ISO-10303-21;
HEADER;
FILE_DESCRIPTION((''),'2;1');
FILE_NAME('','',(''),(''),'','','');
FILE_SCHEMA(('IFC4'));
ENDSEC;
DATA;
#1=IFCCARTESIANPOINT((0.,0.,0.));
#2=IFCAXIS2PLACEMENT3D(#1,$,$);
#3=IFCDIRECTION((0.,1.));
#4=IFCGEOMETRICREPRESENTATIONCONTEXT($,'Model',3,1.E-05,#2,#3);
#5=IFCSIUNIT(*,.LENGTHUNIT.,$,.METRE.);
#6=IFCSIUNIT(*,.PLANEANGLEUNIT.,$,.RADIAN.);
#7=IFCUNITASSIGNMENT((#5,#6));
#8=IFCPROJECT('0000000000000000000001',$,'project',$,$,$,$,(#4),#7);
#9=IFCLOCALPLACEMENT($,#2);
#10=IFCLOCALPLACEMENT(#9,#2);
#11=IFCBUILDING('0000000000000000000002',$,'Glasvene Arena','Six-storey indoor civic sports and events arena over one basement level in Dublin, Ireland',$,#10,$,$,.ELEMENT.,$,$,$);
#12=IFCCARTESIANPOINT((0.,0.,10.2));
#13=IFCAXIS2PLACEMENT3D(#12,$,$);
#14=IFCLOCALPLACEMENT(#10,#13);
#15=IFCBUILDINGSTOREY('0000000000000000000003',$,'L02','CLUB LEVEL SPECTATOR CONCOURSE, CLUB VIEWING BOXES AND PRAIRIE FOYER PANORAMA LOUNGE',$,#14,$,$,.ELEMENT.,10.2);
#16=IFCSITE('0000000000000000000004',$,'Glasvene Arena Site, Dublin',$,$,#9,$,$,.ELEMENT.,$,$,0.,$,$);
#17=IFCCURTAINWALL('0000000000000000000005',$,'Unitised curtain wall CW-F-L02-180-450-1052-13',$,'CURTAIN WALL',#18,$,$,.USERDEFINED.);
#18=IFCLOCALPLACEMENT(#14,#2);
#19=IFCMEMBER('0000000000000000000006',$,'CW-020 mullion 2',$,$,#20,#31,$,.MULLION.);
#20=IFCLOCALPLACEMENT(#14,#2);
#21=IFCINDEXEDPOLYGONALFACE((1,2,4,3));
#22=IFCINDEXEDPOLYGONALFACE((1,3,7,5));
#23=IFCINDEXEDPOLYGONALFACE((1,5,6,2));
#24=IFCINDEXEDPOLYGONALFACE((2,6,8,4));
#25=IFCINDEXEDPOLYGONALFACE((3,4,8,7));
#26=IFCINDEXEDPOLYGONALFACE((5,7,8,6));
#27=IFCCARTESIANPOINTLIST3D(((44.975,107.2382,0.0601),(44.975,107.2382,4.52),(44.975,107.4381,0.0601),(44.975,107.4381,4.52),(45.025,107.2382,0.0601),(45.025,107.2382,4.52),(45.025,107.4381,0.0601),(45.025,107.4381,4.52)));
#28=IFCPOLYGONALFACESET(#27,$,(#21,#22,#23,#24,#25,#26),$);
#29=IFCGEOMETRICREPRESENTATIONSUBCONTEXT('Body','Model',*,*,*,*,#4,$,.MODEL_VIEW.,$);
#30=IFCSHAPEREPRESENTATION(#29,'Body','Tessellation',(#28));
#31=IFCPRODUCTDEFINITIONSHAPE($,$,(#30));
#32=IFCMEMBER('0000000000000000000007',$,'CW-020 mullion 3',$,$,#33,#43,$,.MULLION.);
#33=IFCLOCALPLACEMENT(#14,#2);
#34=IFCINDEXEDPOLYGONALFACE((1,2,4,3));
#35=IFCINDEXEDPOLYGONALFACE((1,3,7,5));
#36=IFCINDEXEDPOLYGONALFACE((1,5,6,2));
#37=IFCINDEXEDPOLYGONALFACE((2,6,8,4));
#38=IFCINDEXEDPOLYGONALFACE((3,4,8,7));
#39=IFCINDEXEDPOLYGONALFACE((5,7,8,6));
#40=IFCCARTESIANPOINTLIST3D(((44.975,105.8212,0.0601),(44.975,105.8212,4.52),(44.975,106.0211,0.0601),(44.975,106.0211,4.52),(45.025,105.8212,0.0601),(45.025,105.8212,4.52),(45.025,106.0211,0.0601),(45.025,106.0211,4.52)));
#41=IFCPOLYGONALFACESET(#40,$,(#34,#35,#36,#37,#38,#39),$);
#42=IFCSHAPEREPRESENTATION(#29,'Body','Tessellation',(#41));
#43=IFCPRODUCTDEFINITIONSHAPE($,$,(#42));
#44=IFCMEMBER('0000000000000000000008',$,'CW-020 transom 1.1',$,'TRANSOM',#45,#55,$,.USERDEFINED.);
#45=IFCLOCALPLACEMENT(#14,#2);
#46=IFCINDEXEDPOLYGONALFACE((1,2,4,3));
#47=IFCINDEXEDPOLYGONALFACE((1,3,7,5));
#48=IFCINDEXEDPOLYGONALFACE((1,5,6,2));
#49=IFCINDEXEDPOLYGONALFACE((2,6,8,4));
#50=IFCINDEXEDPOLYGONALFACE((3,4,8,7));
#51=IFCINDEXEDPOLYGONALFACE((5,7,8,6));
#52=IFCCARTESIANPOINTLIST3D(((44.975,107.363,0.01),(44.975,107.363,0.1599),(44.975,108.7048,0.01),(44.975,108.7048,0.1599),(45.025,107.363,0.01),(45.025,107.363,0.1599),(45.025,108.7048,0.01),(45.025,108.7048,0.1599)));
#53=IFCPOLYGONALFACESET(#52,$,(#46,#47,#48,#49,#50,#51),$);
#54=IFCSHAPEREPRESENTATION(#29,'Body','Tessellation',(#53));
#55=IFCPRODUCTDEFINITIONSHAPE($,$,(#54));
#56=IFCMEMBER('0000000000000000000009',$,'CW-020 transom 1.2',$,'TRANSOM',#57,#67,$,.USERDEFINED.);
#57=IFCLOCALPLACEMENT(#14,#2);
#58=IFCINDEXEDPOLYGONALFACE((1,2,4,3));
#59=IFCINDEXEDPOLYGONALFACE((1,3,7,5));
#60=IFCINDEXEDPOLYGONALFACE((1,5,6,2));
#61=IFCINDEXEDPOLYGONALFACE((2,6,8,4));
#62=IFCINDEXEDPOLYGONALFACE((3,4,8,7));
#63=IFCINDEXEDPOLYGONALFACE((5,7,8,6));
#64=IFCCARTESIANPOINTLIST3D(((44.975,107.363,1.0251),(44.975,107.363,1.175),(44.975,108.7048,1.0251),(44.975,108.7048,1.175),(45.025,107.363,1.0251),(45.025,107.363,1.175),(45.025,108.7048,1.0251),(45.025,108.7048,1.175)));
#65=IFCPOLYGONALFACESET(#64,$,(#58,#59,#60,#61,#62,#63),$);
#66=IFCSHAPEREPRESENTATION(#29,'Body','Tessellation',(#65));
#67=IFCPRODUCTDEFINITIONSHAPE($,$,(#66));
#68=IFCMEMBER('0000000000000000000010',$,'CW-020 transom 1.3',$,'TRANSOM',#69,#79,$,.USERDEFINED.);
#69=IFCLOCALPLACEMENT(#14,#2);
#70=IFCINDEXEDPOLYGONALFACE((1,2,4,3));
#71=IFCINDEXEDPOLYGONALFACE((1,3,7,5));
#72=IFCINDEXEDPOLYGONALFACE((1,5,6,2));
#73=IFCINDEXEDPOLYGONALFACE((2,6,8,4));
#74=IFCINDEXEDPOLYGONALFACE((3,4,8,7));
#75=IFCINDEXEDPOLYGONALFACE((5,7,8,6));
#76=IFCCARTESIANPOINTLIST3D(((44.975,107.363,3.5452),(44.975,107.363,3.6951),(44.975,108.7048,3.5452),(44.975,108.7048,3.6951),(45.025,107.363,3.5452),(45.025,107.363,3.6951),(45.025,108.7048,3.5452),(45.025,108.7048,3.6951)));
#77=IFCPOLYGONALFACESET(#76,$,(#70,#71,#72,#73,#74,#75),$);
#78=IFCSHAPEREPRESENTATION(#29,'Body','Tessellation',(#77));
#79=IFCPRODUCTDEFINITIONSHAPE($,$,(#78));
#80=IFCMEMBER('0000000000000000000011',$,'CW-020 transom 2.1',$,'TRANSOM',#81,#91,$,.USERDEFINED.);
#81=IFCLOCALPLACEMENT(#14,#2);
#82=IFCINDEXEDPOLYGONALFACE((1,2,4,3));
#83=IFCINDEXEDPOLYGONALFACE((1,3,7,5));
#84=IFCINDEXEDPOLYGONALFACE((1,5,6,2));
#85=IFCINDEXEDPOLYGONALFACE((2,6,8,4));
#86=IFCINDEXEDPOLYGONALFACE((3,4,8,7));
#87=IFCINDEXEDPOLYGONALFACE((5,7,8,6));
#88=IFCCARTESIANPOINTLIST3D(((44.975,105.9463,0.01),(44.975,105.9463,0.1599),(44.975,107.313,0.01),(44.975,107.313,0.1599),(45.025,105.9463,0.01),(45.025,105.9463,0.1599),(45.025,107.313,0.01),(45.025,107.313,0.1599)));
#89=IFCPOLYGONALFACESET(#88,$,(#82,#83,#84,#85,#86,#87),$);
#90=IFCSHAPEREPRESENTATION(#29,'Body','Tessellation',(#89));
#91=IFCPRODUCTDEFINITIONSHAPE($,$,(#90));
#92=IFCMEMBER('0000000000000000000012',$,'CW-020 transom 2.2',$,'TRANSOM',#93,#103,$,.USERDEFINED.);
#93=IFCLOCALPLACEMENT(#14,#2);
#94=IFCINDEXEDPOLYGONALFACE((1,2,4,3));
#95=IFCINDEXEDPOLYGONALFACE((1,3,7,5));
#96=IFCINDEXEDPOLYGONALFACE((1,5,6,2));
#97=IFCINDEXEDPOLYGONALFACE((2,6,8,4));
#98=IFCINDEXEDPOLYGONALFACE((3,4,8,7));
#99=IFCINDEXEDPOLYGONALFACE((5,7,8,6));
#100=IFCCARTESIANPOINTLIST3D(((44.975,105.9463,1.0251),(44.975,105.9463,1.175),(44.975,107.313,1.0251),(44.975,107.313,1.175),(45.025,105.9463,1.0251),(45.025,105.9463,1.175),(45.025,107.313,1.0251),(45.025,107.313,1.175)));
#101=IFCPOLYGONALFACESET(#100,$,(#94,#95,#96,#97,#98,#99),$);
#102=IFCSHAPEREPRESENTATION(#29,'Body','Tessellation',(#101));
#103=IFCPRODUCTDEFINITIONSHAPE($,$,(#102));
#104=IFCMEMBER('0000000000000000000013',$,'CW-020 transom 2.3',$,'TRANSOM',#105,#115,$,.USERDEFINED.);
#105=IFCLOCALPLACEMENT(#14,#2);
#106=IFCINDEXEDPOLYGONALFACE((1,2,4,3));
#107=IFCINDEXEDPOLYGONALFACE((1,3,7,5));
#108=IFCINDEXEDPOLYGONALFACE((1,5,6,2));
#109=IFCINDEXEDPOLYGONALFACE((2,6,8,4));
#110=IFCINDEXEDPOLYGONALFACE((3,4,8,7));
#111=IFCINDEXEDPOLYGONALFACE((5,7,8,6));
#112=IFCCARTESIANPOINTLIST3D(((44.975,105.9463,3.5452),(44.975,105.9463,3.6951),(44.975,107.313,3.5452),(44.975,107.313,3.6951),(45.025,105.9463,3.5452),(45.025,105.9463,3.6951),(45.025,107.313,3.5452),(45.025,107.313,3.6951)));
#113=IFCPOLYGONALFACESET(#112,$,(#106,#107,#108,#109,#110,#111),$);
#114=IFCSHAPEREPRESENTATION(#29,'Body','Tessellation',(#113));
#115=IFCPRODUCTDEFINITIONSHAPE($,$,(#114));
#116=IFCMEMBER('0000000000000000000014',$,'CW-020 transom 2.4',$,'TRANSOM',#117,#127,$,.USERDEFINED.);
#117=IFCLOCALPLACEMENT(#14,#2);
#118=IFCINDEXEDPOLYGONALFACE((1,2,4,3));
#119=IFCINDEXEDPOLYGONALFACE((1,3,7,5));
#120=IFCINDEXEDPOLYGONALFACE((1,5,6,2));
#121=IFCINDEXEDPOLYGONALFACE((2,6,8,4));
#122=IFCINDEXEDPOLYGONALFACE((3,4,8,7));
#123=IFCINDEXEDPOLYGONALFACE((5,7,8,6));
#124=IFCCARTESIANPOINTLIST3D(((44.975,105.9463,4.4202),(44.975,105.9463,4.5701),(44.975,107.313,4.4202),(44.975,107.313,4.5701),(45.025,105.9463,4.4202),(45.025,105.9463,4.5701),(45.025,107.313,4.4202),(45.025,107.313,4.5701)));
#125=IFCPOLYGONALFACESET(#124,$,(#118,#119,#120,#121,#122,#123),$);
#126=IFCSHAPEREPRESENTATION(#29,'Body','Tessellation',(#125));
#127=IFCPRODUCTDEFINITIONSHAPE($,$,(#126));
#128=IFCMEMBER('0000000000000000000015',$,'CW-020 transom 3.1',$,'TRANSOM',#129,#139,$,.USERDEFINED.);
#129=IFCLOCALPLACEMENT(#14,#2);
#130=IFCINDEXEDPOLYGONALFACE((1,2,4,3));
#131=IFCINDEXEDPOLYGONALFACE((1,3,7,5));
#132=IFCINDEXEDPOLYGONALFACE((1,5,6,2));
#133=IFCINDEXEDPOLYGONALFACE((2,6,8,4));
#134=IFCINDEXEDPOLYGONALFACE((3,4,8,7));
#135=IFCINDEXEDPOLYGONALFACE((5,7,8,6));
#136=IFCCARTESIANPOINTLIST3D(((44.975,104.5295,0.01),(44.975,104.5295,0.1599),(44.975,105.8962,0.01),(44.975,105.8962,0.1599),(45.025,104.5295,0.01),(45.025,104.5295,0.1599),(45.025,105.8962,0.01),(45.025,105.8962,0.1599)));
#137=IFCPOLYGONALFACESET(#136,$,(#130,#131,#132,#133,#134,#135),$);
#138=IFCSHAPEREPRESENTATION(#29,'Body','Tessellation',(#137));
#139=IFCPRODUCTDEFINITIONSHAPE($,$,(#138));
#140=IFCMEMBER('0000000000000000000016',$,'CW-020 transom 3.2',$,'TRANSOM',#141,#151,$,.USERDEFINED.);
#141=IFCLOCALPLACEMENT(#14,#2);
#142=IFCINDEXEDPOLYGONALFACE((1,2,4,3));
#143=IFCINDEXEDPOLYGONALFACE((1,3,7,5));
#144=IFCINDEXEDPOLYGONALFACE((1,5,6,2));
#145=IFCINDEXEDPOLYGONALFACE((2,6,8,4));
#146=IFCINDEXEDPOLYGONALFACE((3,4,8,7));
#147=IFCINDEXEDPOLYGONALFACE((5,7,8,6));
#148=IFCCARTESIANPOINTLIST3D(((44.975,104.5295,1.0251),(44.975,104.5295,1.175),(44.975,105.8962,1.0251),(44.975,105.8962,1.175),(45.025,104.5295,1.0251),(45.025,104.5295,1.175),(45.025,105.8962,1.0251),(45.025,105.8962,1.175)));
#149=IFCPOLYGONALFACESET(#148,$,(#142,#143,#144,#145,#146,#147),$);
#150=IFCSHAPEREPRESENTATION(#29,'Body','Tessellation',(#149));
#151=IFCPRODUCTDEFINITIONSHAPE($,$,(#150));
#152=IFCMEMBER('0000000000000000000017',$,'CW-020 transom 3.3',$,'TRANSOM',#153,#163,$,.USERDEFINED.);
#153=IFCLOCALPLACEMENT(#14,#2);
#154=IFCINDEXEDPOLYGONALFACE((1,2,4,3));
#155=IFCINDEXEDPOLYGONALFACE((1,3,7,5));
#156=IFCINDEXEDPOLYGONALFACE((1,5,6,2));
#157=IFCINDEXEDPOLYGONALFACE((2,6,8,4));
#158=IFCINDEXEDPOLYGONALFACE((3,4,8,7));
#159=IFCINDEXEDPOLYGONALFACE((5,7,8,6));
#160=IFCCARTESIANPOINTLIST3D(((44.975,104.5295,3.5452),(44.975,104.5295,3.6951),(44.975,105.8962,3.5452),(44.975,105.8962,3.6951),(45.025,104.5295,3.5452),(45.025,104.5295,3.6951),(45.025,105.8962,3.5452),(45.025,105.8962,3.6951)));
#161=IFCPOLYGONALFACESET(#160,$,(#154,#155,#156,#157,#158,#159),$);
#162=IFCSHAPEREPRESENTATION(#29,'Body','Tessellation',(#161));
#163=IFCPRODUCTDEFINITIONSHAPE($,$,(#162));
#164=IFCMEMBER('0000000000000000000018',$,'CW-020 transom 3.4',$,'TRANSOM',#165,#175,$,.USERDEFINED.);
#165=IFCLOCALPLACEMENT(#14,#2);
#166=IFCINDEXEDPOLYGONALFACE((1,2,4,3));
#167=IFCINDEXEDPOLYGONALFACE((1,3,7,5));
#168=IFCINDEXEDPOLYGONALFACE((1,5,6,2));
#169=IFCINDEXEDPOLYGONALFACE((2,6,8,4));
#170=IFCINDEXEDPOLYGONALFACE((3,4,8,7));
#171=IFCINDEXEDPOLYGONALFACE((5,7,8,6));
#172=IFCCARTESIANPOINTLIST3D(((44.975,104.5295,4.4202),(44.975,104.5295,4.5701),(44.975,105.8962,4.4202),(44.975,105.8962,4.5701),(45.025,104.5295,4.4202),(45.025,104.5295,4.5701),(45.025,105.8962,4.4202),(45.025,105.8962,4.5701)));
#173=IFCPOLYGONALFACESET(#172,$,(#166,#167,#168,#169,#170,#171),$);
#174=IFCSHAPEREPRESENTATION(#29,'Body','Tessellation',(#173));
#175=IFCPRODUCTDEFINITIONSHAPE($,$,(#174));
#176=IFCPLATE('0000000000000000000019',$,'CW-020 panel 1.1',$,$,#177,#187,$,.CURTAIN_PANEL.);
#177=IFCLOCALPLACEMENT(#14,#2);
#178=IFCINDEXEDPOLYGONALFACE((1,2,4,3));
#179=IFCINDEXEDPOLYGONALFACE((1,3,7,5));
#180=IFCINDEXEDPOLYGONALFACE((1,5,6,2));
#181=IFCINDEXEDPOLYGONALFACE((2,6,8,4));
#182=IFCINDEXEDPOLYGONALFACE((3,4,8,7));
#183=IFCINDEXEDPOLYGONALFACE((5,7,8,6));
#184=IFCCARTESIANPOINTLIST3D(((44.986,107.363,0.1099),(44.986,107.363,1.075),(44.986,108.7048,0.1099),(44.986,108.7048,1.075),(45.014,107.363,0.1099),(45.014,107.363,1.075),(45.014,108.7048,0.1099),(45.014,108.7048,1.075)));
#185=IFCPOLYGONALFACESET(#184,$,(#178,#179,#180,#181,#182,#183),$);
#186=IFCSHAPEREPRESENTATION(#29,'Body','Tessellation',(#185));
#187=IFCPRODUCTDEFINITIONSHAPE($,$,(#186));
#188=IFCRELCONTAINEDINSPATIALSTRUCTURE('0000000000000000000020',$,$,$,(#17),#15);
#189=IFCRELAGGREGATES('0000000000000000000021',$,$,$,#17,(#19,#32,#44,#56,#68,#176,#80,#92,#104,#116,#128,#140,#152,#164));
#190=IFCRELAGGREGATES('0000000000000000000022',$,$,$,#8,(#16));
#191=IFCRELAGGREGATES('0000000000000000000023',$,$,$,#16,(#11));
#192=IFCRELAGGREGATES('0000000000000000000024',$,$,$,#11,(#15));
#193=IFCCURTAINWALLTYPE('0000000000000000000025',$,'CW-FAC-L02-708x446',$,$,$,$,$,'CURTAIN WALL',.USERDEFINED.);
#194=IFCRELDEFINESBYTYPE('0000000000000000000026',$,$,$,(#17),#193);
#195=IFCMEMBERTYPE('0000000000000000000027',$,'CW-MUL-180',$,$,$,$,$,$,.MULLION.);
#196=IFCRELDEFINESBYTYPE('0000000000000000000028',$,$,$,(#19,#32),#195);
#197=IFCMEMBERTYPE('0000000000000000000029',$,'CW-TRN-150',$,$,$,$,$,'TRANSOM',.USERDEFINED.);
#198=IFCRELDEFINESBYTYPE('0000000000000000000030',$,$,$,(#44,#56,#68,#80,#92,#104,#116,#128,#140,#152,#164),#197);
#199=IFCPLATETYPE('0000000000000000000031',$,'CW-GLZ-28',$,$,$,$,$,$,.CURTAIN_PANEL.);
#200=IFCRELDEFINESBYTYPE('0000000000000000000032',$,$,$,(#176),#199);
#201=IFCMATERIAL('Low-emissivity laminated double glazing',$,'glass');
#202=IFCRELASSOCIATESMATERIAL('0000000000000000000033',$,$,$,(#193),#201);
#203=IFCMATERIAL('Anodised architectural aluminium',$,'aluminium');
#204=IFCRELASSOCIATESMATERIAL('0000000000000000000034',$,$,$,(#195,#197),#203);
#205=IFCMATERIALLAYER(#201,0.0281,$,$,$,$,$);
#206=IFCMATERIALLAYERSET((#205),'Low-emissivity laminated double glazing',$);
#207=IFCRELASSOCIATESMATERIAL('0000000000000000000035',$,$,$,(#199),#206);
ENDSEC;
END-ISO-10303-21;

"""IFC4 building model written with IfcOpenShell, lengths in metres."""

from ifc_helpers import new_model, si_unit, direction, frame, origin, origin_2d, place, context, subcontext, project, spatial, rectangle, extrude, material, layer, layer_set, material_profile, profile_set, type_object, element, aggregate, save


model = new_model("IFC4")

# Units and contexts
model_context = context("Model", 3, precision=1e-05, world=origin(), true_north=direction((0.0, 1.0)))
body_context = subcontext(model_context, "Body", "Model", "MODEL_VIEW")
ifc_project = project(units=[si_unit("LENGTHUNIT", "METRE"), si_unit("PLANEANGLEUNIT", "RADIAN")], contexts=[model_context])

# Site, building, storey
site_placement = place(None, origin())
site = spatial("IfcSite", under=ifc_project, at=site_placement, Name="Glasvene Arena Site, Dublin", CompositionType="ELEMENT", RefElevation=0.0)
building_placement = place(site_placement, origin())
building = spatial("IfcBuilding", under=site, at=building_placement, Name="Glasvene Arena", Description="Six-storey indoor civic sports and events arena over one basement level in Dublin, Ireland", CompositionType="ELEMENT")
storey_placement = place(building_placement, frame((0.0, 0.0, 10.2)))
storey = spatial("IfcBuildingStorey", under=building, at=storey_placement, Name="L02", Description="CLUB LEVEL SPECTATOR CONCOURSE, CLUB VIEWING BOXES AND PRAIRIE FOYER PANORAMA LOUNGE", CompositionType="ELEMENT", Elevation=10.2)

# Curtain wall, members, plate
ifc_material_1 = material(Name="Low-emissivity laminated double glazing", Category="glass")
curtain_wall_type = type_object("IfcCurtainWallType", Name="CW-FAC-L02-708x446", ElementType="CURTAIN WALL", PredefinedType="USERDEFINED", material=ifc_material_1)
curtain_wall_placement = place(storey_placement, frame((45.0, 108.7549, 0.0)))
curtain_wall = element("IfcCurtainWall", 1, at=curtain_wall_placement, inside=storey, type_object=curtain_wall_type, Name="Unitised curtain wall CW-F-L02-180-450-1052-13", ObjectType="CURTAIN WALL", PredefinedType="USERDEFINED")
ifc_material_2 = material(Name="Anodised architectural aluminium", Category="aluminium")
ifc_material_profile_1 = material_profile(ifc_material_2, rectangle(XDim=0.05, YDim=0.2, at=origin_2d()), Name="ALU MULLION 50x200")
ifc_profile_set_1 = profile_set([ifc_material_profile_1], Name="Anodised architectural aluminium")
member_type_1 = type_object("IfcMemberType", Name="CW-MUL-180", PredefinedType="MULLION", material=ifc_profile_set_1)
member_1_placement = place(storey_placement, frame((45.0, 107.3381, 0.0601), z_axis=(0.0, 0.0, 1.0), x_axis=(1.0, 0.0, 0.0)))
member_1 = element("IfcMember", 2, at=member_1_placement, type_object=member_type_1, Name="CW-020 mullion 2", PredefinedType="MULLION", context=body_context, shape_type="SweptSolid", body=[
    extrude(rectangle(XDim=0.05, YDim=0.2, at=origin_2d()), origin(), (0.0, 0.0, 1.0), 4.46),
])
member_2_placement = place(storey_placement, frame((45.0, 105.9211, 0.0601), z_axis=(0.0, 0.0, 1.0), x_axis=(1.0, 0.0, 0.0)))
member_2 = element("IfcMember", 3, at=member_2_placement, type_object=member_type_1, Name="CW-020 mullion 3", PredefinedType="MULLION", context=body_context, shape_type="SweptSolid", body=[
    extrude(rectangle(XDim=0.05, YDim=0.2, at=origin_2d()), origin(), (0.0, 0.0, 1.0), 4.46),
])
ifc_material_profile_2 = material_profile(ifc_material_2, rectangle(XDim=0.05, YDim=0.1499, at=origin_2d()), Name="ALU TRANSOM 50x150")
ifc_profile_set_2 = profile_set([ifc_material_profile_2], Name="Anodised architectural aluminium")
member_type_2 = type_object("IfcMemberType", Name="CW-TRN-150", ElementType="TRANSOM", PredefinedType="USERDEFINED", material=ifc_profile_set_2)
member_3_placement = place(storey_placement, frame((45.0, 108.7048, 0.085), z_axis=(0.0, -1.0, 0.0), x_axis=(1.0, 0.0, 0.0)))
member_3 = element("IfcMember", 4, at=member_3_placement, type_object=member_type_2, Name="CW-020 transom 1.1", ObjectType="TRANSOM", PredefinedType="USERDEFINED", context=body_context, shape_type="SweptSolid", body=[
    extrude(rectangle(XDim=0.05, YDim=0.1499, at=origin_2d()), origin(), (0.0, 0.0, 1.0), 1.3418),
])
member_4_placement = place(storey_placement, frame((45.0, 108.7048, 1.1001), z_axis=(0.0, -1.0, 0.0), x_axis=(1.0, 0.0, 0.0)))
member_4 = element("IfcMember", 5, at=member_4_placement, type_object=member_type_2, Name="CW-020 transom 1.2", ObjectType="TRANSOM", PredefinedType="USERDEFINED", context=body_context, shape_type="SweptSolid", body=[
    extrude(rectangle(XDim=0.05, YDim=0.1499, at=origin_2d()), origin(), (0.0, 0.0, 1.0), 1.3418),
])
member_5_placement = place(storey_placement, frame((45.0, 108.7048, 3.6201), z_axis=(0.0, -1.0, 0.0), x_axis=(1.0, 0.0, 0.0)))
member_5 = element("IfcMember", 6, at=member_5_placement, type_object=member_type_2, Name="CW-020 transom 1.3", ObjectType="TRANSOM", PredefinedType="USERDEFINED", context=body_context, shape_type="SweptSolid", body=[
    extrude(rectangle(XDim=0.05, YDim=0.1499, at=origin_2d()), origin(), (0.0, 0.0, 1.0), 1.3418),
])
member_6_placement = place(storey_placement, frame((45.0, 107.313, 0.085), z_axis=(0.0, -1.0, 0.0), x_axis=(1.0, 0.0, 0.0)))
member_6 = element("IfcMember", 7, at=member_6_placement, type_object=member_type_2, Name="CW-020 transom 2.1", ObjectType="TRANSOM", PredefinedType="USERDEFINED", context=body_context, shape_type="SweptSolid", body=[
    extrude(rectangle(XDim=0.05, YDim=0.1499, at=origin_2d()), origin(), (0.0, 0.0, 1.0), 1.3667),
])
member_7_placement = place(storey_placement, frame((45.0, 107.313, 1.1001), z_axis=(0.0, -1.0, 0.0), x_axis=(1.0, 0.0, 0.0)))
member_7 = element("IfcMember", 8, at=member_7_placement, type_object=member_type_2, Name="CW-020 transom 2.2", ObjectType="TRANSOM", PredefinedType="USERDEFINED", context=body_context, shape_type="SweptSolid", body=[
    extrude(rectangle(XDim=0.05, YDim=0.1499, at=origin_2d()), origin(), (0.0, 0.0, 1.0), 1.3667),
])
member_8_placement = place(storey_placement, frame((45.0, 107.313, 3.6201), z_axis=(0.0, -1.0, 0.0), x_axis=(1.0, 0.0, 0.0)))
member_8 = element("IfcMember", 9, at=member_8_placement, type_object=member_type_2, Name="CW-020 transom 2.3", ObjectType="TRANSOM", PredefinedType="USERDEFINED", context=body_context, shape_type="SweptSolid", body=[
    extrude(rectangle(XDim=0.05, YDim=0.1499, at=origin_2d()), origin(), (0.0, 0.0, 1.0), 1.3667),
])
member_9_placement = place(storey_placement, frame((45.0, 107.313, 4.4951), z_axis=(0.0, -1.0, 0.0), x_axis=(1.0, 0.0, 0.0)))
member_9 = element("IfcMember", 10, at=member_9_placement, type_object=member_type_2, Name="CW-020 transom 2.4", ObjectType="TRANSOM", PredefinedType="USERDEFINED", context=body_context, shape_type="SweptSolid", body=[
    extrude(rectangle(XDim=0.05, YDim=0.1499, at=origin_2d()), origin(), (0.0, 0.0, 1.0), 1.3667),
])
member_10_placement = place(storey_placement, frame((45.0, 105.8962, 0.085), z_axis=(0.0, -1.0, 0.0), x_axis=(1.0, 0.0, 0.0)))
member_10 = element("IfcMember", 11, at=member_10_placement, type_object=member_type_2, Name="CW-020 transom 3.1", ObjectType="TRANSOM", PredefinedType="USERDEFINED", context=body_context, shape_type="SweptSolid", body=[
    extrude(rectangle(XDim=0.05, YDim=0.1499, at=origin_2d()), origin(), (0.0, 0.0, 1.0), 1.3667),
])
member_11_placement = place(storey_placement, frame((45.0, 105.8962, 1.1001), z_axis=(0.0, -1.0, 0.0), x_axis=(1.0, 0.0, 0.0)))
member_11 = element("IfcMember", 12, at=member_11_placement, type_object=member_type_2, Name="CW-020 transom 3.2", ObjectType="TRANSOM", PredefinedType="USERDEFINED", context=body_context, shape_type="SweptSolid", body=[
    extrude(rectangle(XDim=0.05, YDim=0.1499, at=origin_2d()), origin(), (0.0, 0.0, 1.0), 1.3667),
])
member_12_placement = place(storey_placement, frame((45.0, 105.8962, 3.6201), z_axis=(0.0, -1.0, 0.0), x_axis=(1.0, 0.0, 0.0)))
member_12 = element("IfcMember", 13, at=member_12_placement, type_object=member_type_2, Name="CW-020 transom 3.3", ObjectType="TRANSOM", PredefinedType="USERDEFINED", context=body_context, shape_type="SweptSolid", body=[
    extrude(rectangle(XDim=0.05, YDim=0.1499, at=origin_2d()), origin(), (0.0, 0.0, 1.0), 1.3667),
])
member_13_placement = place(storey_placement, frame((45.0, 105.8962, 4.4951), z_axis=(0.0, -1.0, 0.0), x_axis=(1.0, 0.0, 0.0)))
member_13 = element("IfcMember", 14, at=member_13_placement, type_object=member_type_2, Name="CW-020 transom 3.4", ObjectType="TRANSOM", PredefinedType="USERDEFINED", context=body_context, shape_type="SweptSolid", body=[
    extrude(rectangle(XDim=0.05, YDim=0.1499, at=origin_2d()), origin(), (0.0, 0.0, 1.0), 1.3667),
])
ifc_layer_1 = layer(ifc_material_1, 0.0281)
ifc_layer_set_1 = layer_set([ifc_layer_1], Name="Low-emissivity laminated double glazing")
plate_type = type_object("IfcPlateType", Name="CW-GLZ-28", PredefinedType="CURTAIN_PANEL", material=ifc_layer_set_1)
plate_1_placement = place(storey_placement, frame((45.0, 108.0339, 0.1099), z_axis=(0.0, 0.0, 1.0), x_axis=(0.0, -1.0, 0.0)))
plate_1 = element("IfcPlate", 15, at=plate_1_placement, type_object=plate_type, Name="CW-020 panel 1.1", PredefinedType="CURTAIN_PANEL", context=body_context, shape_type="SweptSolid", body=[
    extrude(rectangle(XDim=1.3418, YDim=0.0281, at=origin_2d()), origin(), (0.0, 0.0, 1.0), 0.9651),
])
aggregate(curtain_wall, [member_1, member_2, member_3, member_4, member_5, plate_1, member_6, member_7, member_8, member_9, member_10, member_11, member_12, member_13])

save(model, "model.ifc")
